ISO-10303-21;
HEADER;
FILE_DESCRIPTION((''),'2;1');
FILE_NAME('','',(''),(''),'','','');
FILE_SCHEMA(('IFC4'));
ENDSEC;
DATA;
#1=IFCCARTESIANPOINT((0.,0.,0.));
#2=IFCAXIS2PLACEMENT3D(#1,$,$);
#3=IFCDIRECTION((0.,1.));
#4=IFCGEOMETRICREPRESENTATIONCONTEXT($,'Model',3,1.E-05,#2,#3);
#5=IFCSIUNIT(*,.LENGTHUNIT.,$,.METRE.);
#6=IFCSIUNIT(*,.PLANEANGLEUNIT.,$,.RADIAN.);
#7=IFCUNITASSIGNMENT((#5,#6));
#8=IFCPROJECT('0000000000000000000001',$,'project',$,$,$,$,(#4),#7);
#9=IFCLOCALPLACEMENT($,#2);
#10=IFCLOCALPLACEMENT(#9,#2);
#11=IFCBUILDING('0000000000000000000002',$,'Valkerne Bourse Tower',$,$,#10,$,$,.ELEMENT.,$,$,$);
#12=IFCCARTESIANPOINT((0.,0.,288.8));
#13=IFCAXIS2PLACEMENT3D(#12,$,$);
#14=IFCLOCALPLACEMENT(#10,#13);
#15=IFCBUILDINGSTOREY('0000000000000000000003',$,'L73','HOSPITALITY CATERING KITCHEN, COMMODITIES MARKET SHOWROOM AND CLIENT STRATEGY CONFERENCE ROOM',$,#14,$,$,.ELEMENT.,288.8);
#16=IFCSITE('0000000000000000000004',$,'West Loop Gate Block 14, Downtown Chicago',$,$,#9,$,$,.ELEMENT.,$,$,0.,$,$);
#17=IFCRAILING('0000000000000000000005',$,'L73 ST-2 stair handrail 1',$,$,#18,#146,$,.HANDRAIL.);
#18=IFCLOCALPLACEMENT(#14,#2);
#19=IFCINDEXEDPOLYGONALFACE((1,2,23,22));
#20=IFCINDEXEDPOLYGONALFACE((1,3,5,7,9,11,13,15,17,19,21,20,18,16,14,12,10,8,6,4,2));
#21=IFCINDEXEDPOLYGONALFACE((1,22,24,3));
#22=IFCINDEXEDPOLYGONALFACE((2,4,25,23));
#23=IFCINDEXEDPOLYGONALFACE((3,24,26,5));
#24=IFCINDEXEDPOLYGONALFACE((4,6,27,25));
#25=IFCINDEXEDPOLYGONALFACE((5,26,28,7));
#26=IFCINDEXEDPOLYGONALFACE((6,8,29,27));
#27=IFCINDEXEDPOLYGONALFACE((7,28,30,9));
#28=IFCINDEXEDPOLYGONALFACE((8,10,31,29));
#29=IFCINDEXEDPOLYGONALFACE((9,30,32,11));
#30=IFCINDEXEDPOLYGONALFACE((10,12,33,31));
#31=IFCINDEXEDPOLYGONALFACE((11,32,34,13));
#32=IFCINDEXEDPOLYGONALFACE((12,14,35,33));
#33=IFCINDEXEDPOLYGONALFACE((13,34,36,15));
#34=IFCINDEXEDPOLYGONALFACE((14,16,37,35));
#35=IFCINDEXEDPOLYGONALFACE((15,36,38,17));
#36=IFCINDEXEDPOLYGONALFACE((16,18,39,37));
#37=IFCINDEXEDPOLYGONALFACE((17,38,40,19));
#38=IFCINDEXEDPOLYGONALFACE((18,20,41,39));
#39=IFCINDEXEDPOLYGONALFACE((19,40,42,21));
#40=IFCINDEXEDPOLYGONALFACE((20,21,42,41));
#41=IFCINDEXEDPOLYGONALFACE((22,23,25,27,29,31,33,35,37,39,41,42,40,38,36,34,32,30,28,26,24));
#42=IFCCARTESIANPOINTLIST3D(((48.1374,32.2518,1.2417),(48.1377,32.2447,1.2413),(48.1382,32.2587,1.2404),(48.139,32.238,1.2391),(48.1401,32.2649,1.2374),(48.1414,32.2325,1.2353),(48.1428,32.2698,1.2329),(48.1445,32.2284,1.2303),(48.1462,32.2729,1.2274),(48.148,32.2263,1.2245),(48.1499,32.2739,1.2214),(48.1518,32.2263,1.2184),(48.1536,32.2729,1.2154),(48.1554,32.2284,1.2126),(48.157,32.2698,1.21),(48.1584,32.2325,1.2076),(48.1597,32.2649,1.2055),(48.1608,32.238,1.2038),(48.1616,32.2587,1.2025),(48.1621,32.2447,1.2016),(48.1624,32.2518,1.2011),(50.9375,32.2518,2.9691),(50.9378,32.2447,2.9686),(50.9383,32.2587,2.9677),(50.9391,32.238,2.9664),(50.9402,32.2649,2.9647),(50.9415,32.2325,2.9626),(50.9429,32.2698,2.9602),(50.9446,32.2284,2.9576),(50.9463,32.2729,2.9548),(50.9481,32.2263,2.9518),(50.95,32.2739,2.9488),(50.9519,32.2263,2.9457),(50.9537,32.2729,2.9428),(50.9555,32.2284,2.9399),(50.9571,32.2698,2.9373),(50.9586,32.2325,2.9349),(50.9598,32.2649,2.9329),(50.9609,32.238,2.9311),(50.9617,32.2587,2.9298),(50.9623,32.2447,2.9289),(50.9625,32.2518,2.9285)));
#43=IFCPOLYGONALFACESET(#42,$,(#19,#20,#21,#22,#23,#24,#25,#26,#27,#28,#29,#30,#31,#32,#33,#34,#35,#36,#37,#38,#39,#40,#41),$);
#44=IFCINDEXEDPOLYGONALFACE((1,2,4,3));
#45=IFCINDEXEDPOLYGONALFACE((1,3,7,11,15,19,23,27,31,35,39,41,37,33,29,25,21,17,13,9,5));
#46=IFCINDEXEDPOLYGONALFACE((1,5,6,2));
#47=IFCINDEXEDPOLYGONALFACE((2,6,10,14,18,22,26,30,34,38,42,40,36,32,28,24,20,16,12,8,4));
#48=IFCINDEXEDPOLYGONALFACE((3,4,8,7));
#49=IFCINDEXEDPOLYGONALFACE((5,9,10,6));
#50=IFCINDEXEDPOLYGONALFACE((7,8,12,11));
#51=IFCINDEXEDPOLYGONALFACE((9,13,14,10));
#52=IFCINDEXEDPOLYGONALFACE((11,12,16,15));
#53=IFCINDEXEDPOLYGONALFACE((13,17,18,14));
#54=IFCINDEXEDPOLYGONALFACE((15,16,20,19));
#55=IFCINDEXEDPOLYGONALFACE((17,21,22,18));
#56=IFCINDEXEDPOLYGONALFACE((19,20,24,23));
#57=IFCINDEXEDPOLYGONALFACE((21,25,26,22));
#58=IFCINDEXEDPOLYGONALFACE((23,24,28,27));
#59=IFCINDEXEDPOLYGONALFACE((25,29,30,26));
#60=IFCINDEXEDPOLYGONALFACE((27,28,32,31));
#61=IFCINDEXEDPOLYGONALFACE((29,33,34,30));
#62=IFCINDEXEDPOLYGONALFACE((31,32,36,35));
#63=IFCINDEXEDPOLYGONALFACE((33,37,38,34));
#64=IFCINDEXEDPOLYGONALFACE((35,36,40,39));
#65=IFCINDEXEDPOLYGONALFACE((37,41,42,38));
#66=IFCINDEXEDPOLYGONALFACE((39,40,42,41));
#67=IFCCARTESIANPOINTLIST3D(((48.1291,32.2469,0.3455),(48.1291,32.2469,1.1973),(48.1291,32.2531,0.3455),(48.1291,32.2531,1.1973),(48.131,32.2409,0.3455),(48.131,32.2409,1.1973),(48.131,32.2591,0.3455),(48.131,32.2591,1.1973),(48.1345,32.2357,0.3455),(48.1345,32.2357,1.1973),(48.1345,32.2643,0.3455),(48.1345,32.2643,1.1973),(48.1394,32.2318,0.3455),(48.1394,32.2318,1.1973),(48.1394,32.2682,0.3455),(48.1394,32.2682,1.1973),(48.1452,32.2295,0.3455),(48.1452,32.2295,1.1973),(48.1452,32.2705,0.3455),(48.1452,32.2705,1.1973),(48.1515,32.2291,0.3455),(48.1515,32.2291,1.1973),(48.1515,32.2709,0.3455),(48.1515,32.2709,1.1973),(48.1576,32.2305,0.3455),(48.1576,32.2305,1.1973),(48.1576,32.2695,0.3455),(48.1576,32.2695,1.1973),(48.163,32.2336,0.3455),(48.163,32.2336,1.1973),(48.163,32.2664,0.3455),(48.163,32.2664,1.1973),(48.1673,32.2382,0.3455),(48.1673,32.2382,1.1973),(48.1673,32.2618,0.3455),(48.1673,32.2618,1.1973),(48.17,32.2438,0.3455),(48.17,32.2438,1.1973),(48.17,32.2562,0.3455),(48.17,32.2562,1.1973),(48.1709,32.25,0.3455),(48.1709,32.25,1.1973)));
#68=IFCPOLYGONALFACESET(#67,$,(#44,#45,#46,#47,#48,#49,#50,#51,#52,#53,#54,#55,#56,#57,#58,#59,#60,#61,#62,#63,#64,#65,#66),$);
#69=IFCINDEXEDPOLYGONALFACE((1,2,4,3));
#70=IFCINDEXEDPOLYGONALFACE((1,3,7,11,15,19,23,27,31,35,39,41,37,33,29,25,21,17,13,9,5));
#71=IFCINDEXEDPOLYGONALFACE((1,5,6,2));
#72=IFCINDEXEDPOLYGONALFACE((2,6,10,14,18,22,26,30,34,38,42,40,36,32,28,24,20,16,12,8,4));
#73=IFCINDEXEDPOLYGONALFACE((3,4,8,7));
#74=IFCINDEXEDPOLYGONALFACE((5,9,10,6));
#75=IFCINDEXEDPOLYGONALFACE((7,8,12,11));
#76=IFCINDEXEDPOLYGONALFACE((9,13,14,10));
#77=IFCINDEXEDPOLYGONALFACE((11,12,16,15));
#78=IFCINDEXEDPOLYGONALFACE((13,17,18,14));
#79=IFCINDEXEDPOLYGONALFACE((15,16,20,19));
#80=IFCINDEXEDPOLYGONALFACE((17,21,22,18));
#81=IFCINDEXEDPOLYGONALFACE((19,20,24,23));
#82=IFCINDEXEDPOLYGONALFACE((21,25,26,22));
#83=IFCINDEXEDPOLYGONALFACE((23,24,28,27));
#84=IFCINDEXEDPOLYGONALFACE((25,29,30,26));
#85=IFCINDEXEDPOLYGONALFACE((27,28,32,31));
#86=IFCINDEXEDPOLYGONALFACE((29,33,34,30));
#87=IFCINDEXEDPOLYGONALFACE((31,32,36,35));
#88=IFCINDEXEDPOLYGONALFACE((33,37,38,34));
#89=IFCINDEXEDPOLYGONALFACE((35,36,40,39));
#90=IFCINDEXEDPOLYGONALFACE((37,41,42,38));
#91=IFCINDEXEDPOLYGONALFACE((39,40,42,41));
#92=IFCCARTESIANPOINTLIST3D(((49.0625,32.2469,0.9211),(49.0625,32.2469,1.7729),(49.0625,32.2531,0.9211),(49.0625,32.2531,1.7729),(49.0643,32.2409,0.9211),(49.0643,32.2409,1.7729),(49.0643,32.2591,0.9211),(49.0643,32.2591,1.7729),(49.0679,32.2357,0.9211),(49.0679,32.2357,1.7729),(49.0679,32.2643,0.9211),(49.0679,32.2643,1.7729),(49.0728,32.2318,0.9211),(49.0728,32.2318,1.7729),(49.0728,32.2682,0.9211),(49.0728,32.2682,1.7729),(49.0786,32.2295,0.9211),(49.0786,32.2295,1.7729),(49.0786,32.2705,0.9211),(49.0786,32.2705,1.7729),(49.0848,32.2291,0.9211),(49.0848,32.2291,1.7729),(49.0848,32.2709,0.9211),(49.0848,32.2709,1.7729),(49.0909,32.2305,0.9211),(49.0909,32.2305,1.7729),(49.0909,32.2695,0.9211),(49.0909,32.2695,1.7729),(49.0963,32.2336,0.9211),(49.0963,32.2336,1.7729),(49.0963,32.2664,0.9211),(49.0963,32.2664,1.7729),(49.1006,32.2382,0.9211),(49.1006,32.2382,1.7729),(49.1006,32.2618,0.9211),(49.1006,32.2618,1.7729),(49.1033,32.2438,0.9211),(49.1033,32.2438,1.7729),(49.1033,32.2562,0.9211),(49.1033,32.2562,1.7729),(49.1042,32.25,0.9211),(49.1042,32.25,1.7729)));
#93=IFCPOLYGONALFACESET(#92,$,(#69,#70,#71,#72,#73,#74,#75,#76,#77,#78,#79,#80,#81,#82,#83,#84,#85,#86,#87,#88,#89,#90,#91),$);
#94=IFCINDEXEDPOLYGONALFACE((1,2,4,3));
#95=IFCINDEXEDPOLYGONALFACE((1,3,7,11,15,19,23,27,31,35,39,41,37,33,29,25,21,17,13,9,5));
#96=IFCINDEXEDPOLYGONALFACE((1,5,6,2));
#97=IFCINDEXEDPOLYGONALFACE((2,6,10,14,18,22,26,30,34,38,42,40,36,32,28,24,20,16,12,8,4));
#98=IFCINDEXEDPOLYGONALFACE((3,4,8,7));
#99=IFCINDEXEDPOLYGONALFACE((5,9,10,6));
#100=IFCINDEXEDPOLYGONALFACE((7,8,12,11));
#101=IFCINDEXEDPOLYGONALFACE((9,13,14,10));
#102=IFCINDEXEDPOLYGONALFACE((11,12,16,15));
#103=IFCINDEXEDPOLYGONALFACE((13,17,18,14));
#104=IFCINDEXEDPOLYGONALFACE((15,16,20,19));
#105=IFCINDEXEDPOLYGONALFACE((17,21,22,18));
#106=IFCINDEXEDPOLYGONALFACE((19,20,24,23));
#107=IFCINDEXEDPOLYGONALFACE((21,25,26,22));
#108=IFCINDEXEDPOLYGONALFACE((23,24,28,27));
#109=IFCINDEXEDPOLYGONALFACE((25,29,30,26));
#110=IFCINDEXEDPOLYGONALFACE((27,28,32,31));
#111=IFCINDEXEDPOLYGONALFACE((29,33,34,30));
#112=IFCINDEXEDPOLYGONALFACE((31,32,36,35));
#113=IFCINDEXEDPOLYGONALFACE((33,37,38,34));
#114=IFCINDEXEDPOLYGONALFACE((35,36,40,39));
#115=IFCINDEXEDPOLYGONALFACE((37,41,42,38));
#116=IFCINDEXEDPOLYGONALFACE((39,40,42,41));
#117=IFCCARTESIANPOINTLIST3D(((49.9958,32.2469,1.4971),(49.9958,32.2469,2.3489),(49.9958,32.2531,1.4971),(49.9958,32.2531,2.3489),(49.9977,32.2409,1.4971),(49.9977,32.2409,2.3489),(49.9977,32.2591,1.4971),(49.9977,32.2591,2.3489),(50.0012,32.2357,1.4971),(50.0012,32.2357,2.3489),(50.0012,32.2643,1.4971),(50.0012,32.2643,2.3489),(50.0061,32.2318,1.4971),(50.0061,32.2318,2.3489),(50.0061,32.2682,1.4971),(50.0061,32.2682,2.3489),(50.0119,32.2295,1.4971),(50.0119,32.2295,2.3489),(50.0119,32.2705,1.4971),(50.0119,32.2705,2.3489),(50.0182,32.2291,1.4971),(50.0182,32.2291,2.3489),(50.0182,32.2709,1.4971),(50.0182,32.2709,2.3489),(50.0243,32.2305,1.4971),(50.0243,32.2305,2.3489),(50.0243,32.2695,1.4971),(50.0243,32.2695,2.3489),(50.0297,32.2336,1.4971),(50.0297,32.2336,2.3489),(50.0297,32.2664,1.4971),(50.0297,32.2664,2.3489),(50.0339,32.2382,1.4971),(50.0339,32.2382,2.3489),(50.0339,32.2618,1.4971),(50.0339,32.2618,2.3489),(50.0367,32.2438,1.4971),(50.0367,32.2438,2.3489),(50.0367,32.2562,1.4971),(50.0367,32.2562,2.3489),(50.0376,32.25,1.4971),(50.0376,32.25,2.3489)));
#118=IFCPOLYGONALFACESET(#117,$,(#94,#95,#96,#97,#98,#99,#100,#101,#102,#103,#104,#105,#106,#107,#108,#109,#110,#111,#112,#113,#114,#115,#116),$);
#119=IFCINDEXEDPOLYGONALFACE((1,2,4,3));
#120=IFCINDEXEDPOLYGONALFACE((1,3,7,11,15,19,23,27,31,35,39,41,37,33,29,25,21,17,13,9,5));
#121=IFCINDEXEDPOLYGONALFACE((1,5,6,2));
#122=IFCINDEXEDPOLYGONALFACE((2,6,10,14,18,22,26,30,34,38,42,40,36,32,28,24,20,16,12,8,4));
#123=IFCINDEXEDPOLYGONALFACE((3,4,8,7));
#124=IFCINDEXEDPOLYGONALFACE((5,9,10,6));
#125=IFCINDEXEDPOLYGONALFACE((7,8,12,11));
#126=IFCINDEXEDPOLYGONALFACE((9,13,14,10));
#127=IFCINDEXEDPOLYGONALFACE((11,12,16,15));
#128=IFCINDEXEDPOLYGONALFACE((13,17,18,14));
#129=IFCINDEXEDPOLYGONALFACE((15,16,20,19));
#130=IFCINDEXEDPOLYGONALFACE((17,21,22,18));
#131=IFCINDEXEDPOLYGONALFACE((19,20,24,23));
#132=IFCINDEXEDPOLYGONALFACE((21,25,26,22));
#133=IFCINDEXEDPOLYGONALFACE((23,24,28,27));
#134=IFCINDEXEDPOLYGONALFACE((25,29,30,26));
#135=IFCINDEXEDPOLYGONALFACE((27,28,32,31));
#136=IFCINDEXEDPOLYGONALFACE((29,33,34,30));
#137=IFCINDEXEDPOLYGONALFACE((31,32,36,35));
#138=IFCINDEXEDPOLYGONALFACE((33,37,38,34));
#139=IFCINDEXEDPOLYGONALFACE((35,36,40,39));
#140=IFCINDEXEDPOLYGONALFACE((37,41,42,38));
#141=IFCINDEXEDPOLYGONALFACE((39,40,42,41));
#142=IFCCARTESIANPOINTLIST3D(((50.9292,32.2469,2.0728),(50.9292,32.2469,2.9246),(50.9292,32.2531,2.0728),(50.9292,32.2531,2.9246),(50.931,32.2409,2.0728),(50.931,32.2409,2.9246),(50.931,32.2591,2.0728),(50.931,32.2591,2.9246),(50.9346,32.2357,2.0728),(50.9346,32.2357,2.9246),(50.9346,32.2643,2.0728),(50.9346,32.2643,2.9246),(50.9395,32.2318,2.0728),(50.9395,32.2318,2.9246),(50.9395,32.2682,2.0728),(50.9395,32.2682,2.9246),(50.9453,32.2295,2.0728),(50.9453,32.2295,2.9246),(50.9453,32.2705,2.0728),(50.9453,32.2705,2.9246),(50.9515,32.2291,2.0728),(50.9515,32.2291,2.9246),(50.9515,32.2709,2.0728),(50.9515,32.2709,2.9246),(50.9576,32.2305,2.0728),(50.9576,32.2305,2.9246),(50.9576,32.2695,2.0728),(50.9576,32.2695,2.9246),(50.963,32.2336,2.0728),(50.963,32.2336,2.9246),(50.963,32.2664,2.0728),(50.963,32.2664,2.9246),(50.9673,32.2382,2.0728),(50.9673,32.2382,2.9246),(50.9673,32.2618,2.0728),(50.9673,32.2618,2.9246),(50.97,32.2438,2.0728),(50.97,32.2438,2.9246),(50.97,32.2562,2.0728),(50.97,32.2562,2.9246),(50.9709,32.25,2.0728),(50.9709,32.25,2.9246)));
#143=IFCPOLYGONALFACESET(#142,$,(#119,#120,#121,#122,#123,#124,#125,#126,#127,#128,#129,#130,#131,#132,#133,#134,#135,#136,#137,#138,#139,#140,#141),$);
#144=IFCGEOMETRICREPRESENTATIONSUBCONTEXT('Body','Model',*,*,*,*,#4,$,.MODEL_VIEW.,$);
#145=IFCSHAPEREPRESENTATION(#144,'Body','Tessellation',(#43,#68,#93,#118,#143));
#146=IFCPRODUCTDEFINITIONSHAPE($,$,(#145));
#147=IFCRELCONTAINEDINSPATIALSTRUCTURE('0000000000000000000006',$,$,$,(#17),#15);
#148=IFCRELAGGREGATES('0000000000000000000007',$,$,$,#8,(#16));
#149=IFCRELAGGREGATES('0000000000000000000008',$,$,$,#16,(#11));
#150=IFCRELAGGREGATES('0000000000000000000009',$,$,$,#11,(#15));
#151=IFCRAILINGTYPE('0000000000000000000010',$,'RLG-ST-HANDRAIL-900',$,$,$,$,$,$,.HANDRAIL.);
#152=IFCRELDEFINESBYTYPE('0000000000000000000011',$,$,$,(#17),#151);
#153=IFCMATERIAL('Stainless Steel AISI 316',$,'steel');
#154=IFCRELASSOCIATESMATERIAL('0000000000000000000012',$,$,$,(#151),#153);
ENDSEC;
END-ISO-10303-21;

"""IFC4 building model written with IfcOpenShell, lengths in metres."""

from ifc_helpers import new_model, si_unit, direction, frame, origin, origin_2d, place, context, subcontext, project, spatial, circle, extrude, material, type_object, element, save


model = new_model("IFC4")

# Units and contexts
model_context = context("Model", 3, precision=1e-05, world=origin(), true_north=direction((0.0, 1.0)))
body_context = subcontext(model_context, "Body", "Model", "MODEL_VIEW")
ifc_project = project(units=[si_unit("LENGTHUNIT", "METRE"), si_unit("PLANEANGLEUNIT", "RADIAN")], contexts=[model_context])

# Site, building, storey
site_placement = place(None, origin())
site = spatial("IfcSite", under=ifc_project, at=site_placement, Name="West Loop Gate Block 14, Downtown Chicago", CompositionType="ELEMENT", RefElevation=0.0)
building_placement = place(site_placement, origin())
building = spatial("IfcBuilding", under=site, at=building_placement, Name="Valkerne Bourse Tower", CompositionType="ELEMENT")
storey_placement = place(building_placement, frame((0.0, 0.0, 288.8)))
storey = spatial("IfcBuildingStorey", under=building, at=storey_placement, Name="L73", Description="HOSPITALITY CATERING KITCHEN, COMMODITIES MARKET SHOWROOM AND CLIENT STRATEGY CONFERENCE ROOM", CompositionType="ELEMENT", Elevation=288.8)

# Shared definitions
ifc_material_1 = material(Name="Stainless Steel AISI 316", Category="steel")

# Railing
railing_type_1 = type_object("IfcRailingType", Name="RLG-ST-HANDRAIL-900", PredefinedType="HANDRAIL", material=ifc_material_1)
railing_1_placement = place(storey_placement, frame((48.1499, 32.25, 0.3455)))
element("IfcRailing", 1, at=railing_1_placement, inside=storey, type_object=railing_type_1, Name="L73 ST-2 stair handrail 1", PredefinedType="HANDRAIL", context=body_context, shape_type="SweptSolid", body=[
    extrude(circle(Radius=0.0239, at=origin_2d()), frame((0.0, 0.0, 0.876), z_axis=(0.85109, 0.0, 0.52502), x_axis=(0.0, 1.0, 0.0)), (0.0, 0.0, 1.0), 3.29),
    extrude(circle(Radius=0.021, at=origin_2d()), origin(), (0.0, 0.0, 1.0), 0.8518),
    extrude(circle(Radius=0.021, at=origin_2d()), frame((0.9333, 0.0, 0.5757)), (0.0, 0.0, 1.0), 0.8518),
    extrude(circle(Radius=0.021, at=origin_2d()), frame((1.8667, 0.0, 1.1516)), (0.0, 0.0, 1.0), 0.8518),
    extrude(circle(Radius=0.021, at=origin_2d()), frame((2.8, 0.0, 1.7273)), (0.0, 0.0, 1.0), 0.8518),
])

save(model, "model.ifc")
